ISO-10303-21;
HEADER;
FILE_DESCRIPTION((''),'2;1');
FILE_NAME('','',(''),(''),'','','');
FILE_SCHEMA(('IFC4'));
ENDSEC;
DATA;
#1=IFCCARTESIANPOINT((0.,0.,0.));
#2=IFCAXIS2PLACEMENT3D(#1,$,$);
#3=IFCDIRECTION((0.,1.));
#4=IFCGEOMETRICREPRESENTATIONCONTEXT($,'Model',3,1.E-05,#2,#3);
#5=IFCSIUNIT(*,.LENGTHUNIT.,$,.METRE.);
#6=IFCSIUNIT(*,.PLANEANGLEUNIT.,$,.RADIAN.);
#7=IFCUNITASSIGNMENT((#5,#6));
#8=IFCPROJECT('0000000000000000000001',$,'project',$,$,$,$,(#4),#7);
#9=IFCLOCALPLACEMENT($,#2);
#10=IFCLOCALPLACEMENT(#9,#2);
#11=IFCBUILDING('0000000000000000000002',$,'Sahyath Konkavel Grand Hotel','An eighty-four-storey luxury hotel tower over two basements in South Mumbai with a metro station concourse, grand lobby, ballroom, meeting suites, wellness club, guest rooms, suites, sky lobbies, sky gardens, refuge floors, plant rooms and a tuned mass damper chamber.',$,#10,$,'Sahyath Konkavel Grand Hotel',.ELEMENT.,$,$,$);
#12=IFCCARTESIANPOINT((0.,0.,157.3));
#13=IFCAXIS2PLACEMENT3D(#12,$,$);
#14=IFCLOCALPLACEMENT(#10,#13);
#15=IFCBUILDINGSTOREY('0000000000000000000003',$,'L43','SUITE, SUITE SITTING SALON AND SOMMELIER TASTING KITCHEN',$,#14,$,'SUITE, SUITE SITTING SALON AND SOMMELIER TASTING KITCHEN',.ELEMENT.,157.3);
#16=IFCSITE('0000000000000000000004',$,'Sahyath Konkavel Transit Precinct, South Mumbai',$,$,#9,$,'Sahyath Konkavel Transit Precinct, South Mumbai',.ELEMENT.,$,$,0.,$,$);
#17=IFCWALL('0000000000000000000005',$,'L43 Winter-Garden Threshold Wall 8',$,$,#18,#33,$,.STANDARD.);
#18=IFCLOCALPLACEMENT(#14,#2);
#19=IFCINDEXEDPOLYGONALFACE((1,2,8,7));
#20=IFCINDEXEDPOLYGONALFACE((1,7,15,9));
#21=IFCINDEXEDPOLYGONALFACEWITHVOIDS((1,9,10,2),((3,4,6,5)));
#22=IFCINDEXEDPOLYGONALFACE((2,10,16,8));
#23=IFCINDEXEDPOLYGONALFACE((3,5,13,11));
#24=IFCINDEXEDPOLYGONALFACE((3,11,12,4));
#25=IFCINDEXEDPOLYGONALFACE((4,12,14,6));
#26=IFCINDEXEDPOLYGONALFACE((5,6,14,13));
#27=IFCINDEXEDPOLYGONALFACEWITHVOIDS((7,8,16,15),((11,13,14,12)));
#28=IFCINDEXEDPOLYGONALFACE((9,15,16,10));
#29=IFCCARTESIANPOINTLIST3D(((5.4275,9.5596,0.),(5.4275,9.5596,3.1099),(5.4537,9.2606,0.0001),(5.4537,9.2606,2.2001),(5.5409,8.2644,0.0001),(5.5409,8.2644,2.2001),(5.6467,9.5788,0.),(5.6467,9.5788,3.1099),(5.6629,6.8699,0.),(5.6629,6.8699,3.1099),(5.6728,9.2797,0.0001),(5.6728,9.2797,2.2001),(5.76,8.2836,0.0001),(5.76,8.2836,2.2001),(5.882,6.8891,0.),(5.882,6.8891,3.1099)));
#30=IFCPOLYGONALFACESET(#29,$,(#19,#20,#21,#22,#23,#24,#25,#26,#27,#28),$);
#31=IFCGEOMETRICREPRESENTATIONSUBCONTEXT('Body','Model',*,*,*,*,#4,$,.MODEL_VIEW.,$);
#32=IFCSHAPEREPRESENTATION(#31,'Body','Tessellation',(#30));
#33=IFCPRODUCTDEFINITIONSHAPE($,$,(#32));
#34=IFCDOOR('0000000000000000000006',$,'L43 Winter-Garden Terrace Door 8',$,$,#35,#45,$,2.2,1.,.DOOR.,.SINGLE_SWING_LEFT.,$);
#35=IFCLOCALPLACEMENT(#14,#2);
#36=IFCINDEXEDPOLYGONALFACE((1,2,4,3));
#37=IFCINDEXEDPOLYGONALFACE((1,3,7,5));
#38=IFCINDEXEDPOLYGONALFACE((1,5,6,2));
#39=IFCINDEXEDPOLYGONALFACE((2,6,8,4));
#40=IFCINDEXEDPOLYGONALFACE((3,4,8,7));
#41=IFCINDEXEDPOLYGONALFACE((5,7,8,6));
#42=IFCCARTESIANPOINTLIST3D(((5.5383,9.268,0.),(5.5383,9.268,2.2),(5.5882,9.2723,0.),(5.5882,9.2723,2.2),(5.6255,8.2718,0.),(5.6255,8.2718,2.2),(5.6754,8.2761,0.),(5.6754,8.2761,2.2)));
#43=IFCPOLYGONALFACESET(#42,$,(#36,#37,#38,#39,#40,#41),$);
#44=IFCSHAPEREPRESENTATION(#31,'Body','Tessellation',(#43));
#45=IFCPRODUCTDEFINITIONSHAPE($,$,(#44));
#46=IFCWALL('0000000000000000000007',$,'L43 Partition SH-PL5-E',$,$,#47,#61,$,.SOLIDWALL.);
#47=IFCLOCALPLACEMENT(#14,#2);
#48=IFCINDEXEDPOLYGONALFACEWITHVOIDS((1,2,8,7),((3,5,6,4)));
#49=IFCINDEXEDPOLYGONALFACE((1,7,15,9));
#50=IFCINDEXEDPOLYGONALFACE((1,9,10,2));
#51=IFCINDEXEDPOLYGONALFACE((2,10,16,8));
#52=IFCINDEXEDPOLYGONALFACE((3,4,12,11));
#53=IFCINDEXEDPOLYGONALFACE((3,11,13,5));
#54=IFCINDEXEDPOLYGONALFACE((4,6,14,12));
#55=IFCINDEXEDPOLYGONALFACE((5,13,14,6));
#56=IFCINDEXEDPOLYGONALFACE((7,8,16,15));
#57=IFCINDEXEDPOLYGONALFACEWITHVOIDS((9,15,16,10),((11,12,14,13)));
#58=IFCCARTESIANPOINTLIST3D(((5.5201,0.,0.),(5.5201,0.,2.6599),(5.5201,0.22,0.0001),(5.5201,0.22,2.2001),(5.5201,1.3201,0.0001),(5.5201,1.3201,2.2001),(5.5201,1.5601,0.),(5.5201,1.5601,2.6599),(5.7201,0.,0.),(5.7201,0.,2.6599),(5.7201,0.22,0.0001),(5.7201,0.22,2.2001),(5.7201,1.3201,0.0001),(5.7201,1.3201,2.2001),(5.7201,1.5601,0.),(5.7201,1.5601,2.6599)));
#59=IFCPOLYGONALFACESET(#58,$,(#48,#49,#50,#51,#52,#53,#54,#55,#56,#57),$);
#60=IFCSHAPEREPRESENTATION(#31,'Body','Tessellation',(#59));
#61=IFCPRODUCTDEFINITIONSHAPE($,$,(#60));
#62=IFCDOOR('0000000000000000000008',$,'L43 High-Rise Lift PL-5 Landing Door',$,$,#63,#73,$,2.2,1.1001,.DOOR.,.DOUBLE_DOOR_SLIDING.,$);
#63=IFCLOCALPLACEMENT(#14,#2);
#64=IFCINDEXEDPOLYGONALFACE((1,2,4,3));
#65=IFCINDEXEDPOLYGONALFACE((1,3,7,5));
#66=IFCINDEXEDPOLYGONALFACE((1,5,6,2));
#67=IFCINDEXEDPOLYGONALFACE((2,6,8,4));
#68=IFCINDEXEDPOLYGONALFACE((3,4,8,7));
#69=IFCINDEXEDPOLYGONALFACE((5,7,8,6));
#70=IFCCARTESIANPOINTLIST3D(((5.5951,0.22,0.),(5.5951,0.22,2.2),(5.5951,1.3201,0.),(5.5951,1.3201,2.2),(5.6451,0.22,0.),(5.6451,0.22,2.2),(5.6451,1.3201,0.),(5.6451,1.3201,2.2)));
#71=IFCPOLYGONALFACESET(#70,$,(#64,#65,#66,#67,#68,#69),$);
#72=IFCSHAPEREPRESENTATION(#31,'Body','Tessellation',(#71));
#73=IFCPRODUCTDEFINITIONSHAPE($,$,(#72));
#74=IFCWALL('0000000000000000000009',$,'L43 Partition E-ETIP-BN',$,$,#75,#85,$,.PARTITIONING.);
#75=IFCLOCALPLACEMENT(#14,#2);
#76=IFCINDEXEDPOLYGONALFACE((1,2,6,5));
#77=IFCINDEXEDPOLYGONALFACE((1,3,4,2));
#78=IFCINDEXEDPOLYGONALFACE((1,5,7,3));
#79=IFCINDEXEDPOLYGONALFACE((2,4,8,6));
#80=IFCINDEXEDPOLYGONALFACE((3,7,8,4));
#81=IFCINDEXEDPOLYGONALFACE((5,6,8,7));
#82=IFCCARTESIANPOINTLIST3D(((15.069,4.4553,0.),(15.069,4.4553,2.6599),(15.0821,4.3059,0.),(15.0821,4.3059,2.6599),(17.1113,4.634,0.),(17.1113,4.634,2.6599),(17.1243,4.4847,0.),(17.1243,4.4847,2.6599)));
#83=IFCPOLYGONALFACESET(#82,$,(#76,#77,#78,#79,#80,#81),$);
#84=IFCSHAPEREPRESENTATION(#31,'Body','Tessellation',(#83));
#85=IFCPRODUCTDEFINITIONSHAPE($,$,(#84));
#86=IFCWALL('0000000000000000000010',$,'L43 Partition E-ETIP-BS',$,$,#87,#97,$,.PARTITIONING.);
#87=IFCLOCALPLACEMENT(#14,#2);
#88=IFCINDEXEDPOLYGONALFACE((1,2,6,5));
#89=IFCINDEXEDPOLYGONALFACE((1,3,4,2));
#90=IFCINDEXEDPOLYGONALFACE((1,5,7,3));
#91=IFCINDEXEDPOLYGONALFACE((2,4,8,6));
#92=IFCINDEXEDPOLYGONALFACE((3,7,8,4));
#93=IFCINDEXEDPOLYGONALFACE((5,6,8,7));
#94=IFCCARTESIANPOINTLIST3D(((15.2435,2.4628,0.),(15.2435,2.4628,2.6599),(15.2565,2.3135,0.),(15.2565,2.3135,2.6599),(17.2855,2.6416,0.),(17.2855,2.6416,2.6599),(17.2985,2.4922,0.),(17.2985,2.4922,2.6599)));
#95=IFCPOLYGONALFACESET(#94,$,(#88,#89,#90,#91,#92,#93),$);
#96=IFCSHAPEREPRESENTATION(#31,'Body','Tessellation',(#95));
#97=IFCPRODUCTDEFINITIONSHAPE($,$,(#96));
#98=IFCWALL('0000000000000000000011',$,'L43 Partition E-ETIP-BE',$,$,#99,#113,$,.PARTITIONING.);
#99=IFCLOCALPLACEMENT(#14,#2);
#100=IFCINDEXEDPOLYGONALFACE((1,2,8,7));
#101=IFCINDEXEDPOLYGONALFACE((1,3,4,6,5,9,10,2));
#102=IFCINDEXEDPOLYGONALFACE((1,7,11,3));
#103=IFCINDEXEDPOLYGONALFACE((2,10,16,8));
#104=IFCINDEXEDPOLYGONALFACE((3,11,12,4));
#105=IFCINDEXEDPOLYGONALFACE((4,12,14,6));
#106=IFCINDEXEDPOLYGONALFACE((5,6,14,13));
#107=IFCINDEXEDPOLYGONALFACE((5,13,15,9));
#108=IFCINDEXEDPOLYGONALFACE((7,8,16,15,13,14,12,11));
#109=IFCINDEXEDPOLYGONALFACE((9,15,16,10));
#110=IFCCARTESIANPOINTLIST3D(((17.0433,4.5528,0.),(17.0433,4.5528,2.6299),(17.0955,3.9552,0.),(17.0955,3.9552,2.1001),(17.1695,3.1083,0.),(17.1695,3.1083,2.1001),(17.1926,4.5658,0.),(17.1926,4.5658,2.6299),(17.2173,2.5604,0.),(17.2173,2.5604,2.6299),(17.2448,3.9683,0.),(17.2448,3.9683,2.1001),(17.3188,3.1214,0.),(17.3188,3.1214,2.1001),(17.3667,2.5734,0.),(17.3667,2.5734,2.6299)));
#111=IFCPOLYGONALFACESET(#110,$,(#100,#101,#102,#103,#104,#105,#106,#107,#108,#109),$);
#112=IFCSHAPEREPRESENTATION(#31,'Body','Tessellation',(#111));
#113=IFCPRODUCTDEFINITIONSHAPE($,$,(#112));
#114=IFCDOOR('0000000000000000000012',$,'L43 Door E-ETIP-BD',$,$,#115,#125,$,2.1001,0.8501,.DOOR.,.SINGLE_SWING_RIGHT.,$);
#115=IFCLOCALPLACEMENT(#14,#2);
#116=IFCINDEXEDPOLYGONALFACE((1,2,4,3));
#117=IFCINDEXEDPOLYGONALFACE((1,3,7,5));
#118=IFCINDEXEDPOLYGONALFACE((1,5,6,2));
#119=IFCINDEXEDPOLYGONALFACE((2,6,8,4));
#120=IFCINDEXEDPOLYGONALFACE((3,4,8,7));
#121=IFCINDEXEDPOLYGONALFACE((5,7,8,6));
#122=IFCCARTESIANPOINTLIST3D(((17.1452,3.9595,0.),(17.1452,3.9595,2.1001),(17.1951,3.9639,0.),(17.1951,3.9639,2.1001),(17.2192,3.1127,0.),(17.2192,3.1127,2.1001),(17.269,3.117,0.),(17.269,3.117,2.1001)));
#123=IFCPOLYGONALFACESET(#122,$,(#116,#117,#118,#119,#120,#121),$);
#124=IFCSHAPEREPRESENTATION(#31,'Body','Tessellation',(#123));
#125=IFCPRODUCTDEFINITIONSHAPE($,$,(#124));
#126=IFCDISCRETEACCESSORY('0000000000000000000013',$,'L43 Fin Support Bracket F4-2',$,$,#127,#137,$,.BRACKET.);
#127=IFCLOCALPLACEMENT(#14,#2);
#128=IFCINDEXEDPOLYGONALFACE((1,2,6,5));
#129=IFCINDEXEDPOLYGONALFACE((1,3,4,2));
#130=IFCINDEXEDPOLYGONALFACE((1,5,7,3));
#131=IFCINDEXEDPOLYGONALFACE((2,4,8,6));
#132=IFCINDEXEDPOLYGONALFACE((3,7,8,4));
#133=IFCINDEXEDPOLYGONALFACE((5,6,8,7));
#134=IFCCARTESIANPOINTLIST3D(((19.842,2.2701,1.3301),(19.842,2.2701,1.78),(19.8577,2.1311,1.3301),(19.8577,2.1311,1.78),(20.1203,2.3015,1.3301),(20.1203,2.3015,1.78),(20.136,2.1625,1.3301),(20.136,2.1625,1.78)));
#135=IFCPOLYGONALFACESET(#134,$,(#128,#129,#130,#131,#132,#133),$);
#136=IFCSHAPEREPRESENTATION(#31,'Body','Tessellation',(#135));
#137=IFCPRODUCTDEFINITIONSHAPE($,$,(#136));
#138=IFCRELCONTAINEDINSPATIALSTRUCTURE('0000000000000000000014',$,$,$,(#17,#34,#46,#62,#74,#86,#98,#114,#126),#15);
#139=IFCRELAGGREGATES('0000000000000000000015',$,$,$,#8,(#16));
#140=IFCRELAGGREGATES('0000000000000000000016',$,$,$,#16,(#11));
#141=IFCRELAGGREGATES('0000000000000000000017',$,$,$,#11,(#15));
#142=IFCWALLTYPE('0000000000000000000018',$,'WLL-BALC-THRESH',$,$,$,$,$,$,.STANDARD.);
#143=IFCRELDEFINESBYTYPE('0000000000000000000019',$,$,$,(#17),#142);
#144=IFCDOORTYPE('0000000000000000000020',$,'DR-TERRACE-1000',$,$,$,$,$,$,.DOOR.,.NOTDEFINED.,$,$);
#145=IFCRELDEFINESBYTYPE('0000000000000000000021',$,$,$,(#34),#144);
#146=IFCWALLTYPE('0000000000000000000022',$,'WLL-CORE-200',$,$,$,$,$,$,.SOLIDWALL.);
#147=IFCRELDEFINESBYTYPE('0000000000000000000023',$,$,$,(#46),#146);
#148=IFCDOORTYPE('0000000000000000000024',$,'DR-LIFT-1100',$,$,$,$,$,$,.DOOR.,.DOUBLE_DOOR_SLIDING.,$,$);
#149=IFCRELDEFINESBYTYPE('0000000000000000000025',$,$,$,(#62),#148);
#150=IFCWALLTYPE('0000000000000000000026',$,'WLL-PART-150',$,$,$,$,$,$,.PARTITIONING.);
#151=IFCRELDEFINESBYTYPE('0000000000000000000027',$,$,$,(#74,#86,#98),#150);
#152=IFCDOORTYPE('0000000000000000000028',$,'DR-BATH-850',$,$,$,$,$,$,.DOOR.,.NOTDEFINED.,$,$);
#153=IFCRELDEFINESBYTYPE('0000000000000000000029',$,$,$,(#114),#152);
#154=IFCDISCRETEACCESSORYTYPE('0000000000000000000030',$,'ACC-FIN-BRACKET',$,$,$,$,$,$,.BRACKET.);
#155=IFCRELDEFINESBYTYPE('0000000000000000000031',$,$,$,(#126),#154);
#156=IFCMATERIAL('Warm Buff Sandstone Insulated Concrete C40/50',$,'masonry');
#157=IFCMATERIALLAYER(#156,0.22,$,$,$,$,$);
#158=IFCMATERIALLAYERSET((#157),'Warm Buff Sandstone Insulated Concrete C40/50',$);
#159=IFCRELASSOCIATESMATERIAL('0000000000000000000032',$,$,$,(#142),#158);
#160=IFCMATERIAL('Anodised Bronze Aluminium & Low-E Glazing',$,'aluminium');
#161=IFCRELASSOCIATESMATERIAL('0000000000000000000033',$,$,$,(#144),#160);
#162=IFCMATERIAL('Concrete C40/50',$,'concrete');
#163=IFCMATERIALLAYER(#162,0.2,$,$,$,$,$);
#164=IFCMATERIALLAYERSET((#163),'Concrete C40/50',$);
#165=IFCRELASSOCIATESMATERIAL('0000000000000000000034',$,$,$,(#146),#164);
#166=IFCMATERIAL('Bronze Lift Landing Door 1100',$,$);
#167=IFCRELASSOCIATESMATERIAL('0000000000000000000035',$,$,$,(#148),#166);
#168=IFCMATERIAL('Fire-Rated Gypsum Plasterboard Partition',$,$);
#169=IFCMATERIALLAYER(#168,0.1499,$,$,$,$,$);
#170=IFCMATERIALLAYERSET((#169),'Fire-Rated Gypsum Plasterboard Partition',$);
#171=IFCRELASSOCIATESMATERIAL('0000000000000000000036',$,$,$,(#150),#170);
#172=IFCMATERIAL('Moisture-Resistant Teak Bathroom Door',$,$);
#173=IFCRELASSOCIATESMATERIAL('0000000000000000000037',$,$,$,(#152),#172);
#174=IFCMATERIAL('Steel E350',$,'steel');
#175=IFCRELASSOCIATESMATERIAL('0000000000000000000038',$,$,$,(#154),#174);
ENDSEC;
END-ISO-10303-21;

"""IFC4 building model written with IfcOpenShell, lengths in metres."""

from ifc_helpers import new_model, si_unit, direction, frame, frame_2d, origin, origin_2d, place, context, subcontext, project, spatial, rectangle, extrude, source, transform, mapped, material, layer, layer_set, type_object, element, fill, save


model = new_model("IFC4")

# Units and contexts
model_context = context("Model", 3, precision=1e-05, world=origin(), true_north=direction((0.0, 1.0)))
body_context = subcontext(model_context, "Body", "Model", "MODEL_VIEW")
ifc_project = project(units=[si_unit("LENGTHUNIT", "METRE"), si_unit("PLANEANGLEUNIT", "RADIAN")], contexts=[model_context])

# Site, building, storey
site_placement = place(None, origin())
site = spatial("IfcSite", under=ifc_project, at=site_placement, Name="Sahyath Konkavel Transit Precinct, South Mumbai", LongName="Sahyath Konkavel Transit Precinct, South Mumbai", CompositionType="ELEMENT", RefElevation=0.0)
building_placement = place(site_placement, origin())
building = spatial("IfcBuilding", under=site, at=building_placement, Name="Sahyath Konkavel Grand Hotel", Description="An eighty-four-storey luxury hotel tower over two basements in South Mumbai with a metro station concourse, grand lobby, ballroom, meeting suites, wellness club, guest rooms, suites, sky lobbies, sky gardens, refuge floors, plant rooms and a tuned mass damper chamber.", LongName="Sahyath Konkavel Grand Hotel", CompositionType="ELEMENT")
storey_placement = place(building_placement, frame((0.0, 0.0, 157.3)))
storey = spatial("IfcBuildingStorey", under=building, at=storey_placement, Name="L43", Description="SUITE, SUITE SITTING SALON AND SOMMELIER TASTING KITCHEN", LongName="SUITE, SUITE SITTING SALON AND SOMMELIER TASTING KITCHEN", CompositionType="ELEMENT", Elevation=157.3)

# Shared definitions
ifc_material_1 = material(Name="Concrete C40/50", Category="concrete")

# Shared definitions
ifc_material_2 = material(Name="Steel E350", Category="steel")

# Shared definitions
ifc_material_3 = material(Name="Anodised Bronze Aluminium & Low-E Glazing", Category="aluminium")

# Shared definitions
ifc_material_4 = material(Name="Warm Buff Sandstone Insulated Concrete C40/50", Category="masonry")
ifc_layer_1 = layer(ifc_material_4, 0.22)
ifc_layer_set_1 = layer_set([ifc_layer_1], Name="Warm Buff Sandstone Insulated Concrete C40/50")
wall_type_1 = type_object("IfcWallType", Name="WLL-BALC-THRESH", PredefinedType="STANDARD", material=ifc_layer_set_1)

# Walls, openings, doors
wall_1_placement = place(storey_placement, frame((5.7725, 6.8794, 0.0), z_axis=(0.0, 0.0, 1.0), x_axis=(-0.087168, 0.996194, 0.0)))
wall_1 = element("IfcWall", 1, at=wall_1_placement, inside=storey, type_object=wall_type_1, Name="L43 Winter-Garden Threshold Wall 8", PredefinedType="STANDARD", context=body_context, shape_type="SweptSolid", body=[
    extrude(rectangle(XDim=2.7, YDim=0.22, at=frame_2d((1.3501, 0.0))), origin(), (0.0, 0.0, 1.0), 3.1099),
])
opening_1_placement = place(wall_1_placement, frame((1.3999, 0.0, 0.0)))
opening_1 = element("IfcOpeningElement", 2, at=opening_1_placement, cuts=wall_1, PredefinedType="OPENING", context=body_context, shape_type="SweptSolid", body=[
    extrude(rectangle(XDim=1.0, YDim=2.2, at=frame_2d((0.5, 1.1001))), frame((0.0, 0.1201, 0.0), z_axis=(0.0, -1.0, 0.0), x_axis=(1.0, 0.0, 0.0)), (0.0, 0.0, 1.0), 0.24),
])
door_type_1 = type_object("IfcDoorType", Name="DR-TERRACE-1000", OperationType="NOTDEFINED", PredefinedType="DOOR", material=ifc_material_3)
shared_shape_1 = source(origin(), body_context, "Body", "SweptSolid", [
    extrude(rectangle(XDim=1.0, YDim=0.05, at=origin_2d()), origin(), (0.0, 0.0, 1.0), 2.2),
])
door_1_placement = place(opening_1_placement, frame((0.5, 0.0, 0.0)))
door_1 = element("IfcDoor", 3, at=door_1_placement, inside=storey, type_object=door_type_1, Name="L43 Winter-Garden Terrace Door 8", OperationType="SINGLE_SWING_LEFT", OverallHeight=2.2, OverallWidth=1.0, PredefinedType="DOOR", context=body_context, shape_type="MappedRepresentation", body=[
    mapped(shared_shape_1, transform((0.0, 0.0, 0.0), scale=1.0)),
])
fill(opening_1, door_1)
ifc_layer_2 = layer(ifc_material_1, 0.2)
ifc_layer_set_2 = layer_set([ifc_layer_2], Name="Concrete C40/50")
wall_type_2 = type_object("IfcWallType", Name="WLL-CORE-200", PredefinedType="SOLIDWALL", material=ifc_layer_set_2)
wall_2_placement = place(storey_placement, frame((5.6201, 0.0, 0.0), z_axis=(0.0, 0.0, 1.0), x_axis=(0.0, 1.0, 0.0)))
wall_2 = element("IfcWall", 4, at=wall_2_placement, inside=storey, type_object=wall_type_2, Name="L43 Partition SH-PL5-E", PredefinedType="SOLIDWALL", context=body_context, shape_type="SweptSolid", body=[
    extrude(rectangle(XDim=1.5601, YDim=0.2, at=frame_2d((0.78, 0.0))), origin(), (0.0, 0.0, 1.0), 2.6599),
])
opening_2_placement = place(wall_2_placement, frame((0.22, 0.0, 0.0)))
opening_2 = element("IfcOpeningElement", 5, at=opening_2_placement, cuts=wall_2, PredefinedType="OPENING", context=body_context, shape_type="SweptSolid", body=[
    extrude(rectangle(XDim=1.1001, YDim=2.2, at=frame_2d((0.55, 1.1001))), frame((0.0, 0.1099, 0.0), z_axis=(0.0, -1.0, 0.0), x_axis=(1.0, 0.0, 0.0)), (0.0, 0.0, 1.0), 0.22),
])
ifc_material_5 = material(Name="Bronze Lift Landing Door 1100")
door_type_2 = type_object("IfcDoorType", Name="DR-LIFT-1100", OperationType="DOUBLE_DOOR_SLIDING", PredefinedType="DOOR", material=ifc_material_5)
shared_shape_2 = source(origin(), body_context, "Body", "SweptSolid", [
    extrude(rectangle(XDim=1.1001, YDim=0.05, at=origin_2d()), origin(), (0.0, 0.0, 1.0), 2.2),
])
door_2_placement = place(opening_2_placement, frame((0.55, 0.0, 0.0)))
door_2 = element("IfcDoor", 6, at=door_2_placement, inside=storey, type_object=door_type_2, Name="L43 High-Rise Lift PL-5 Landing Door", OperationType="DOUBLE_DOOR_SLIDING", OverallHeight=2.2, OverallWidth=1.1001, PredefinedType="DOOR", context=body_context, shape_type="MappedRepresentation", body=[
    mapped(shared_shape_2, transform((0.0, 0.0, 0.0), scale=1.0)),
])
fill(opening_2, door_2)

# Walls
ifc_material_6 = material(Name="Fire-Rated Gypsum Plasterboard Partition")
ifc_layer_3 = layer(ifc_material_6, 0.1499)
ifc_layer_set_3 = layer_set([ifc_layer_3], Name="Fire-Rated Gypsum Plasterboard Partition")
wall_type_3 = type_object("IfcWallType", Name="WLL-PART-150", PredefinedType="PARTITIONING", material=ifc_layer_set_3)
wall_3_placement = place(storey_placement, frame((15.0757, 4.3806, 0.0), z_axis=(0.0, 0.0, 1.0), x_axis=(0.996193, 0.087174, 0.0)))
element("IfcWall", 7, at=wall_3_placement, inside=storey, type_object=wall_type_3, Name="L43 Partition E-ETIP-BN", PredefinedType="PARTITIONING", context=body_context, shape_type="SweptSolid", body=[
    extrude(rectangle(XDim=2.05, YDim=0.1499, at=frame_2d((1.0249, 0.0))), origin(), (0.0, 0.0, 1.0), 2.6599),
])
wall_4_placement = place(storey_placement, frame((15.25, 2.3882, 0.0), z_axis=(0.0, 0.0, 1.0), x_axis=(0.996192, 0.087185, 0.0)))
element("IfcWall", 8, at=wall_4_placement, inside=storey, type_object=wall_type_3, Name="L43 Partition E-ETIP-BS", PredefinedType="PARTITIONING", context=body_context, shape_type="SweptSolid", body=[
    extrude(rectangle(XDim=2.0498, YDim=0.1499, at=frame_2d((1.0249, 0.0))), origin(), (0.0, 0.0, 1.0), 2.6599),
])

# Wall, opening, door
wall_5_placement = place(storey_placement, frame((17.292, 2.5669, 0.0), z_axis=(0.0, 0.0, 1.0), x_axis=(-0.087035, 0.996205, 0.0)))
wall_5 = element("IfcWall", 9, at=wall_5_placement, inside=storey, type_object=wall_type_3, Name="L43 Partition E-ETIP-BE", PredefinedType="PARTITIONING", context=body_context, shape_type="SweptSolid", body=[
    extrude(rectangle(XDim=2.0, YDim=0.1499, at=frame_2d((1.0, 0.0))), origin(), (0.0, 0.0, 1.0), 2.6299),
])
opening_3_placement = place(wall_5_placement, frame((0.55, 0.0, 0.0)))
opening_3 = element("IfcOpeningElement", 10, at=opening_3_placement, cuts=wall_5, PredefinedType="OPENING", context=body_context, shape_type="SweptSolid", body=[
    extrude(rectangle(XDim=0.8501, YDim=2.1001, at=frame_2d((0.425, 1.05))), frame((0.0, 0.085, 0.0), z_axis=(0.0, -1.0, 0.0), x_axis=(1.0, 0.0, 0.0)), (0.0, 0.0, 1.0), 0.1699),
])
ifc_material_7 = material(Name="Moisture-Resistant Teak Bathroom Door")
door_type_3 = type_object("IfcDoorType", Name="DR-BATH-850", OperationType="NOTDEFINED", PredefinedType="DOOR", material=ifc_material_7)
shared_shape_3 = source(origin(), body_context, "Body", "SweptSolid", [
    extrude(rectangle(XDim=0.8501, YDim=0.05, at=origin_2d()), origin(), (0.0, 0.0, 1.0), 2.1001),
])
door_3_placement = place(opening_3_placement, frame((0.425, 0.0, 0.0)))
door_3 = element("IfcDoor", 11, at=door_3_placement, inside=storey, type_object=door_type_3, Name="L43 Door E-ETIP-BD", OperationType="SINGLE_SWING_RIGHT", OverallHeight=2.1001, OverallWidth=0.8501, PredefinedType="DOOR", context=body_context, shape_type="MappedRepresentation", body=[
    mapped(shared_shape_3, transform((0.0, 0.0, 0.0), scale=1.0)),
])
fill(opening_3, door_3)

# Discrete accessory
discrete_accessory_type = type_object("IfcDiscreteAccessoryType", Name="ACC-FIN-BRACKET", PredefinedType="BRACKET", material=ifc_material_2)
shared_shape_4 = source(origin(), body_context, "Body", "SweptSolid", [
    extrude(rectangle(XDim=0.28, YDim=0.1399, at=origin_2d()), origin(), (0.0, 0.0, 1.0), 0.45),
])
discrete_accessory_placement = place(storey_placement, frame((19.989, 2.2163, 1.3301), z_axis=(0.0, 0.0, 1.0), x_axis=(0.993709, 0.111989, 0.0)))
element("IfcDiscreteAccessory", 12, at=discrete_accessory_placement, inside=storey, type_object=discrete_accessory_type, Name="L43 Fin Support Bracket F4-2", PredefinedType="BRACKET", context=body_context, shape_type="MappedRepresentation", body=[
    mapped(shared_shape_4, transform((0.0, 0.0, 0.0), scale=1.0)),
])

save(model, "model.ifc")
